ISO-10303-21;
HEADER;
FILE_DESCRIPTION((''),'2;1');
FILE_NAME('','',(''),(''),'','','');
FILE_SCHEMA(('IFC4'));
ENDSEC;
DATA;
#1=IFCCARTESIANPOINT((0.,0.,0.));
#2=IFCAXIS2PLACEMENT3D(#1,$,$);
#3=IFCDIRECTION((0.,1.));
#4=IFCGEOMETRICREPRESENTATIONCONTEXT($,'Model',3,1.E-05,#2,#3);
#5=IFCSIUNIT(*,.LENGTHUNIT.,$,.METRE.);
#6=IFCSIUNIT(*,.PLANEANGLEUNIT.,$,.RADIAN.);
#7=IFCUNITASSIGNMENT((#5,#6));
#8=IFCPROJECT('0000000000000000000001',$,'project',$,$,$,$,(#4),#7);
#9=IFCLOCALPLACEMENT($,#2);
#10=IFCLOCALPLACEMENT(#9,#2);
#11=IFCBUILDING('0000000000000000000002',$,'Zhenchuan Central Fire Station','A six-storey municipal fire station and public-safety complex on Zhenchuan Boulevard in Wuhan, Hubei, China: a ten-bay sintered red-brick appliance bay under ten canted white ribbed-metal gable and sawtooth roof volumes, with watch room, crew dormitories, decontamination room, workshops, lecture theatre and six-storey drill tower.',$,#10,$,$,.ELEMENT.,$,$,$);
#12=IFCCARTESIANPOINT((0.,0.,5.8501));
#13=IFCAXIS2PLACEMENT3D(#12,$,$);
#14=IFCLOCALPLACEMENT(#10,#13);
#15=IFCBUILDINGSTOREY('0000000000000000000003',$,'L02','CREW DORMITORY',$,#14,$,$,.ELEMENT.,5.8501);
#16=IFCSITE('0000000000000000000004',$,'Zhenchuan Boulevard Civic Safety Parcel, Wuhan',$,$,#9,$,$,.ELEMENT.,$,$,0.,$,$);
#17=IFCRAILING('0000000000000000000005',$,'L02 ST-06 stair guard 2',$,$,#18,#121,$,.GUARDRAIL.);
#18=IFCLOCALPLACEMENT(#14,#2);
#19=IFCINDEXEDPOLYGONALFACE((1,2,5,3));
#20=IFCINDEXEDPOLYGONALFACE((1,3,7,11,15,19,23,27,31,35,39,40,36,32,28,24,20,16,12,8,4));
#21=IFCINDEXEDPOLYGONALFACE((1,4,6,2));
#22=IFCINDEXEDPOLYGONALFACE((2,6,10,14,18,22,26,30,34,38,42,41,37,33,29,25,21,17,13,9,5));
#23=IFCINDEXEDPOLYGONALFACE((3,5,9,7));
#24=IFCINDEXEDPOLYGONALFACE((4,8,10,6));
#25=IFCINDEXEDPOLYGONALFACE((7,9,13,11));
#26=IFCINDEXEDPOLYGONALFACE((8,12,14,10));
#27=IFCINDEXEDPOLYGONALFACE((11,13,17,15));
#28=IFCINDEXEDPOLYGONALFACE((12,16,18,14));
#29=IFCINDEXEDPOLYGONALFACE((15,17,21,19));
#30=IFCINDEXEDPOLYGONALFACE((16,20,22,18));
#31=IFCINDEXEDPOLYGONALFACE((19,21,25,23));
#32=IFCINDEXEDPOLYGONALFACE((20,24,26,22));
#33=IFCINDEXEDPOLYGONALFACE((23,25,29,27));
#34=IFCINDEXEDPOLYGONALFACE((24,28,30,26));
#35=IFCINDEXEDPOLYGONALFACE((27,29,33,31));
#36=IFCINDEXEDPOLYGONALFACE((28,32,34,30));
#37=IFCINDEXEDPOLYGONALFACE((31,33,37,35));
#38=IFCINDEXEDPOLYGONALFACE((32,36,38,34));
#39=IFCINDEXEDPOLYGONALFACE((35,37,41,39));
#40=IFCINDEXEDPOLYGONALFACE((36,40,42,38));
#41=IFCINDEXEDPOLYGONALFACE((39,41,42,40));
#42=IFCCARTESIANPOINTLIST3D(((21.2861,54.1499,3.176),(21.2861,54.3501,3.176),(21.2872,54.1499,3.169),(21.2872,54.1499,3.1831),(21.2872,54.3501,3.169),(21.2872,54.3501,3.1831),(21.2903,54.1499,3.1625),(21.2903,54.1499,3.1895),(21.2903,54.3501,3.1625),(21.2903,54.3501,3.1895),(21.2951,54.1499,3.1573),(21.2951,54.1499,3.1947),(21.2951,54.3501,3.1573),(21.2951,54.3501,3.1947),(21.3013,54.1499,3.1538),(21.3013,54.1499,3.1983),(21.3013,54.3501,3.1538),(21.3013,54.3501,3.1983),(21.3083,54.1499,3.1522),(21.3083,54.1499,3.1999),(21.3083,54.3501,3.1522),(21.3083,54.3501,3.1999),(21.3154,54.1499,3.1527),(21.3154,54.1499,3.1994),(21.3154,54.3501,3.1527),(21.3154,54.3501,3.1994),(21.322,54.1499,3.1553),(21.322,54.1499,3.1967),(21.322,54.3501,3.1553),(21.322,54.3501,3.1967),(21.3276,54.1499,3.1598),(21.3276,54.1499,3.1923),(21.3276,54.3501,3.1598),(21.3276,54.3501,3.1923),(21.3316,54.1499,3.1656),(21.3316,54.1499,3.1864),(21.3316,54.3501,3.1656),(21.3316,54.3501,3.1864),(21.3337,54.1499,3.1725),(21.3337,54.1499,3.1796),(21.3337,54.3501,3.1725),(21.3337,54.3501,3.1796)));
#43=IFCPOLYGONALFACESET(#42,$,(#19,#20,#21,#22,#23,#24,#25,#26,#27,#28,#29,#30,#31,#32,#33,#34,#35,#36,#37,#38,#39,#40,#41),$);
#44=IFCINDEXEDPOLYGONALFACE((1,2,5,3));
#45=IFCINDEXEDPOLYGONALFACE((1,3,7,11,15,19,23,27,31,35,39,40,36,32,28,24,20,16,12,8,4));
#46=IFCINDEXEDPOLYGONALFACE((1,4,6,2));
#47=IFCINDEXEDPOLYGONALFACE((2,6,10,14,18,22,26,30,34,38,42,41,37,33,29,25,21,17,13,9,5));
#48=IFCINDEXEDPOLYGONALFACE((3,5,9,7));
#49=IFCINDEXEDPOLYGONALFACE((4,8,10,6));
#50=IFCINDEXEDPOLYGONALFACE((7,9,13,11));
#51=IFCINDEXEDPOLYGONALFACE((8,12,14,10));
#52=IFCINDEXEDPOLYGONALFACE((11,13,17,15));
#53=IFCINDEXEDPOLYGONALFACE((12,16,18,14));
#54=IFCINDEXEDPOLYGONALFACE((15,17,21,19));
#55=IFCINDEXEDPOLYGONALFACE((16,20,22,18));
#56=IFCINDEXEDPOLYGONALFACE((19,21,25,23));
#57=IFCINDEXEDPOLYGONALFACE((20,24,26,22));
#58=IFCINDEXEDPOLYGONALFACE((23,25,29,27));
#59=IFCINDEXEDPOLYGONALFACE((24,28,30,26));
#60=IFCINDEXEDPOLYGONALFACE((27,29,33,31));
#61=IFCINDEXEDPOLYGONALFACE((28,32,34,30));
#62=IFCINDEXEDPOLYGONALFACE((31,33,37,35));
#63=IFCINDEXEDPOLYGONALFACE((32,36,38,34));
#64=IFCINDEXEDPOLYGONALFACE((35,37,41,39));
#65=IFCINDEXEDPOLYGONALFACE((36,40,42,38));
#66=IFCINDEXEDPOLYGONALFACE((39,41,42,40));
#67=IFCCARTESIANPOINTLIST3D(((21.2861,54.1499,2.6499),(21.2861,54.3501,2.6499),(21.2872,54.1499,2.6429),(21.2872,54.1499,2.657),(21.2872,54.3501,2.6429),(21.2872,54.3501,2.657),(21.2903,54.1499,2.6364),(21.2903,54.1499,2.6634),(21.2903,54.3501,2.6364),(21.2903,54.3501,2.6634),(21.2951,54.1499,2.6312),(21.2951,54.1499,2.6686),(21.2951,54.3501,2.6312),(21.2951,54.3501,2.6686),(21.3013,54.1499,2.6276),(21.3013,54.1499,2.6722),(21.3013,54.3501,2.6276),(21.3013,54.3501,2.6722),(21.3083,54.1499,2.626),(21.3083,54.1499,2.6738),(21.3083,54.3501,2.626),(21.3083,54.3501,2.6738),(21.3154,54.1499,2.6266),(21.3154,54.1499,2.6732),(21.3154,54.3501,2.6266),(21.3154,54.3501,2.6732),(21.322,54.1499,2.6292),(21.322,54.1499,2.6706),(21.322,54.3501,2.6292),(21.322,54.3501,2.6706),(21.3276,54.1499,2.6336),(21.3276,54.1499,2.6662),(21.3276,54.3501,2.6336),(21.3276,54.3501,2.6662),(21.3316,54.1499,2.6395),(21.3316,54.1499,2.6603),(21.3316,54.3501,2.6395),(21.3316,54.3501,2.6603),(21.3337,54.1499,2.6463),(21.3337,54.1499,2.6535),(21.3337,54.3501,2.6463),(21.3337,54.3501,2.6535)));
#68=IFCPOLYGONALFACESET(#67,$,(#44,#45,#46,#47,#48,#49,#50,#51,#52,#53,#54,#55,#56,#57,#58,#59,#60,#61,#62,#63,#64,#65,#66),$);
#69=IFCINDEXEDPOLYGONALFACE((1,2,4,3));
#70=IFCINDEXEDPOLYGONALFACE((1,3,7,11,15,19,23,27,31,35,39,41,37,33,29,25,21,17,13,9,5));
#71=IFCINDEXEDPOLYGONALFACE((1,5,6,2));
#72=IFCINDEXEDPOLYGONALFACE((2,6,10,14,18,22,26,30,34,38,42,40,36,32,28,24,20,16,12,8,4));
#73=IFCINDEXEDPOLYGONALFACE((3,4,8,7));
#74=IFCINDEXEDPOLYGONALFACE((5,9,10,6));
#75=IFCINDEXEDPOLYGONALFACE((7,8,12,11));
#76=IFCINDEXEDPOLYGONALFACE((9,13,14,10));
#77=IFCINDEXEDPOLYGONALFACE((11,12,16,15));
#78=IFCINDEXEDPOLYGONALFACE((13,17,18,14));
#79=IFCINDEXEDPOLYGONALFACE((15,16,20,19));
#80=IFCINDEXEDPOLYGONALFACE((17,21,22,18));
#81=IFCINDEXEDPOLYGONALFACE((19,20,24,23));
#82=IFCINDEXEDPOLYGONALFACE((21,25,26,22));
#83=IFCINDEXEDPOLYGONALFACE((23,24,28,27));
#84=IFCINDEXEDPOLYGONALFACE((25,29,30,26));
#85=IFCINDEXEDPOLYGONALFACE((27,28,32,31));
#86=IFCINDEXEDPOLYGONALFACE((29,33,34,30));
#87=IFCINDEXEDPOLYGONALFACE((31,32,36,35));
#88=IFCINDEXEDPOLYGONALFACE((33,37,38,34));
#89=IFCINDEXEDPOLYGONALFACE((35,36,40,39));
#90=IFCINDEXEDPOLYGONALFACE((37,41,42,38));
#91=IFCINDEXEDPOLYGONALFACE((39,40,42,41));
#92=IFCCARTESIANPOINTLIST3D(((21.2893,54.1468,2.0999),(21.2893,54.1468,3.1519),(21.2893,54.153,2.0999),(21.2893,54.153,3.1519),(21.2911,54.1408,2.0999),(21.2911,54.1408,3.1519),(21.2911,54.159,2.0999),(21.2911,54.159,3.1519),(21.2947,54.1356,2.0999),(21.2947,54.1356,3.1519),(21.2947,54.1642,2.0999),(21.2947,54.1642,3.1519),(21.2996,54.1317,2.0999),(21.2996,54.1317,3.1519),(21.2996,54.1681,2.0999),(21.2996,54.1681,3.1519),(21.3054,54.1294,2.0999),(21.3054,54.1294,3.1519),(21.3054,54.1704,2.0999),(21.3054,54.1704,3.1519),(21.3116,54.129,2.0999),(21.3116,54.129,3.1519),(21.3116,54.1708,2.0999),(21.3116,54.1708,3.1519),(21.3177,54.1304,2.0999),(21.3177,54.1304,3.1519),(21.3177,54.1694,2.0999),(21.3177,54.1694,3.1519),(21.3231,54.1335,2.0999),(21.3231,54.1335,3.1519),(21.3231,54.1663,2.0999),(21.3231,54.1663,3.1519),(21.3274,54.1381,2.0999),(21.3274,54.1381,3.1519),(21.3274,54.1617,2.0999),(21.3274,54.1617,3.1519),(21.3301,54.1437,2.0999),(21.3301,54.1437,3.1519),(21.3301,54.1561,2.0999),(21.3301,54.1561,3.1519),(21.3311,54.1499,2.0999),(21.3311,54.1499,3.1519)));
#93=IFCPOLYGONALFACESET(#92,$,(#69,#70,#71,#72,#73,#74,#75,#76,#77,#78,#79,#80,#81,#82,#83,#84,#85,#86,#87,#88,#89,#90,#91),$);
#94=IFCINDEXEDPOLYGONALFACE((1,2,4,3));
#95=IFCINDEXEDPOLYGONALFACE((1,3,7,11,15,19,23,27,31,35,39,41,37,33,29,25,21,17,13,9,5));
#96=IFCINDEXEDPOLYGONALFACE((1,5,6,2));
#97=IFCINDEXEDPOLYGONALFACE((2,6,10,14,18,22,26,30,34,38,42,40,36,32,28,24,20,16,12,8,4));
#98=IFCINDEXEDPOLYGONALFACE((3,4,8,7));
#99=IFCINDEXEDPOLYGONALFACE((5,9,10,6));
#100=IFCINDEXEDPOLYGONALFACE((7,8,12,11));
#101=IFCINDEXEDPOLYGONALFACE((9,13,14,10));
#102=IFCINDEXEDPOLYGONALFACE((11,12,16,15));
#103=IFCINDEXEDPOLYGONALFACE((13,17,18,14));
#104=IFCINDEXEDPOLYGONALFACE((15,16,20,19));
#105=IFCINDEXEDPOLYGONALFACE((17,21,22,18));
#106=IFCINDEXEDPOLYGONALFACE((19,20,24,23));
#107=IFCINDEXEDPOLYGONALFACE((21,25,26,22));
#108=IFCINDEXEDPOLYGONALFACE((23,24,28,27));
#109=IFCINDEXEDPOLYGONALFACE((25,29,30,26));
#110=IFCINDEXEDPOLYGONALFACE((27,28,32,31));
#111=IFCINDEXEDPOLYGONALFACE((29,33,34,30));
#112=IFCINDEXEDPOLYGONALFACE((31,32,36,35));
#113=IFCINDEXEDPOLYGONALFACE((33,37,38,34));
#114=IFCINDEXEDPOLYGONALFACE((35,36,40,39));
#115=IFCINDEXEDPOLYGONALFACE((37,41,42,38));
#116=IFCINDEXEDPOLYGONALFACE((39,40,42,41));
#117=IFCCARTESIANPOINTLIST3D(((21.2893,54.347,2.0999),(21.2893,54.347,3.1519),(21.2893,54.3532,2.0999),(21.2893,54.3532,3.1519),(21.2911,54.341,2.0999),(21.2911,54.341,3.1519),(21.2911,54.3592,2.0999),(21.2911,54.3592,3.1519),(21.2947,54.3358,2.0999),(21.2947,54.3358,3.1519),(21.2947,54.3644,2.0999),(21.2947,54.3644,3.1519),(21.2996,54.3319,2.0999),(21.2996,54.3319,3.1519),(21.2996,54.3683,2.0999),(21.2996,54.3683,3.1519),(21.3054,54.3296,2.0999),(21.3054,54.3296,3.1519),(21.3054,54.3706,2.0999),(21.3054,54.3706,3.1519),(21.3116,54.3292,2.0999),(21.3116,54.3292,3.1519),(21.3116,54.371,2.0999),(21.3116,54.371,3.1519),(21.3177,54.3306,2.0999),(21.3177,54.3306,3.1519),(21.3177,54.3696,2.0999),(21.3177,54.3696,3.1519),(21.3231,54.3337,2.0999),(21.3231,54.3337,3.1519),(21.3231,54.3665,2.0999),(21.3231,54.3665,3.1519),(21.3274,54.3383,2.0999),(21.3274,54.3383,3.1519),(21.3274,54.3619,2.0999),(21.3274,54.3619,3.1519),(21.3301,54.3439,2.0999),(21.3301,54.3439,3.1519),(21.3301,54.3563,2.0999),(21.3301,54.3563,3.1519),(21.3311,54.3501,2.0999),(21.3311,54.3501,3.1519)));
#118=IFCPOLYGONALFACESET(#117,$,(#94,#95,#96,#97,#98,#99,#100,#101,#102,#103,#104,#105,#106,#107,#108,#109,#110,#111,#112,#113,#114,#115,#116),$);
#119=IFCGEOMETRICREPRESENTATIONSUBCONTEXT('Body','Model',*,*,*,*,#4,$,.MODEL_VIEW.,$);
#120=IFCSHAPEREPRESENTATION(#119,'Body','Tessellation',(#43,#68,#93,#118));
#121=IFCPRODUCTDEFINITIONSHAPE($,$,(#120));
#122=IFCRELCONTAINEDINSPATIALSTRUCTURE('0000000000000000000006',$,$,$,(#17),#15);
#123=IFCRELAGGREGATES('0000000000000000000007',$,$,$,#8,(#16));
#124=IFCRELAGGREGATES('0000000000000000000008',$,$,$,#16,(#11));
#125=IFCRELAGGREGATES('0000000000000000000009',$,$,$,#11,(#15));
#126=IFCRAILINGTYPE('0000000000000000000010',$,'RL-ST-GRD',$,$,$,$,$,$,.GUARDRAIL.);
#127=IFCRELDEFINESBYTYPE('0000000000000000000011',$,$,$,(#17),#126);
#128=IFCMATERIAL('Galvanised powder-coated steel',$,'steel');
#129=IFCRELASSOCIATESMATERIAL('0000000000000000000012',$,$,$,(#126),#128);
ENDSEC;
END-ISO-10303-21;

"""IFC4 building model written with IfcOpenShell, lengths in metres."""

from ifc_helpers import new_model, si_unit, direction, frame, origin, origin_2d, place, context, subcontext, project, spatial, circle, extrude, material, type_object, element, save


model = new_model("IFC4")

# Units and contexts
model_context = context("Model", 3, precision=1e-05, world=origin(), true_north=direction((0.0, 1.0)))
body_context = subcontext(model_context, "Body", "Model", "MODEL_VIEW")
ifc_project = project(units=[si_unit("LENGTHUNIT", "METRE"), si_unit("PLANEANGLEUNIT", "RADIAN")], contexts=[model_context])

# Site, building, storey
site_placement = place(None, origin())
site = spatial("IfcSite", under=ifc_project, at=site_placement, Name="Zhenchuan Boulevard Civic Safety Parcel, Wuhan", CompositionType="ELEMENT", RefElevation=0.0)
building_placement = place(site_placement, origin())
building = spatial("IfcBuilding", under=site, at=building_placement, Name="Zhenchuan Central Fire Station", Description="A six-storey municipal fire station and public-safety complex on Zhenchuan Boulevard in Wuhan, Hubei, China: a ten-bay sintered red-brick appliance bay under ten canted white ribbed-metal gable and sawtooth roof volumes, with watch room, crew dormitories, decontamination room, workshops, lecture theatre and six-storey drill tower.", CompositionType="ELEMENT")
storey_placement = place(building_placement, frame((0.0, 0.0, 5.8501)))
storey = spatial("IfcBuildingStorey", under=building, at=storey_placement, Name="L02", Description="CREW DORMITORY", CompositionType="ELEMENT", Elevation=5.8501)

# Railing
ifc_material_1 = material(Name="Galvanised powder-coated steel", Category="steel")
railing_type_1 = type_object("IfcRailingType", Name="RL-ST-GRD", PredefinedType="GUARDRAIL", material=ifc_material_1)
railing_1_placement = place(storey_placement, frame((21.3101, 54.1499, 2.0999)))
element("IfcRailing", 1, at=railing_1_placement, inside=storey, type_object=railing_type_1, Name="L02 ST-06 stair guard 2", PredefinedType="GUARDRAIL", context=body_context, shape_type="SweptSolid", body=[
    extrude(circle(Radius=0.0239, at=origin_2d()), frame((0.0, 0.0, 1.0762), z_axis=(0.0, 1.0, 0.0), x_axis=(-1.0, 0.0, 0.0)), (0.0, 0.0, 1.0), 0.2002),
    extrude(circle(Radius=0.0239, at=origin_2d()), frame((0.0, 0.0, 0.55), z_axis=(0.0, 1.0, 0.0), x_axis=(-1.0, 0.0, 0.0)), (0.0, 0.0, 1.0), 0.2002),
    extrude(circle(Radius=0.021, at=origin_2d()), origin(), (0.0, 0.0, 1.0), 1.052),
    extrude(circle(Radius=0.021, at=origin_2d()), frame((0.0, 0.2002, 0.0)), (0.0, 0.0, 1.0), 1.052),
])

save(model, "model.ifc")
